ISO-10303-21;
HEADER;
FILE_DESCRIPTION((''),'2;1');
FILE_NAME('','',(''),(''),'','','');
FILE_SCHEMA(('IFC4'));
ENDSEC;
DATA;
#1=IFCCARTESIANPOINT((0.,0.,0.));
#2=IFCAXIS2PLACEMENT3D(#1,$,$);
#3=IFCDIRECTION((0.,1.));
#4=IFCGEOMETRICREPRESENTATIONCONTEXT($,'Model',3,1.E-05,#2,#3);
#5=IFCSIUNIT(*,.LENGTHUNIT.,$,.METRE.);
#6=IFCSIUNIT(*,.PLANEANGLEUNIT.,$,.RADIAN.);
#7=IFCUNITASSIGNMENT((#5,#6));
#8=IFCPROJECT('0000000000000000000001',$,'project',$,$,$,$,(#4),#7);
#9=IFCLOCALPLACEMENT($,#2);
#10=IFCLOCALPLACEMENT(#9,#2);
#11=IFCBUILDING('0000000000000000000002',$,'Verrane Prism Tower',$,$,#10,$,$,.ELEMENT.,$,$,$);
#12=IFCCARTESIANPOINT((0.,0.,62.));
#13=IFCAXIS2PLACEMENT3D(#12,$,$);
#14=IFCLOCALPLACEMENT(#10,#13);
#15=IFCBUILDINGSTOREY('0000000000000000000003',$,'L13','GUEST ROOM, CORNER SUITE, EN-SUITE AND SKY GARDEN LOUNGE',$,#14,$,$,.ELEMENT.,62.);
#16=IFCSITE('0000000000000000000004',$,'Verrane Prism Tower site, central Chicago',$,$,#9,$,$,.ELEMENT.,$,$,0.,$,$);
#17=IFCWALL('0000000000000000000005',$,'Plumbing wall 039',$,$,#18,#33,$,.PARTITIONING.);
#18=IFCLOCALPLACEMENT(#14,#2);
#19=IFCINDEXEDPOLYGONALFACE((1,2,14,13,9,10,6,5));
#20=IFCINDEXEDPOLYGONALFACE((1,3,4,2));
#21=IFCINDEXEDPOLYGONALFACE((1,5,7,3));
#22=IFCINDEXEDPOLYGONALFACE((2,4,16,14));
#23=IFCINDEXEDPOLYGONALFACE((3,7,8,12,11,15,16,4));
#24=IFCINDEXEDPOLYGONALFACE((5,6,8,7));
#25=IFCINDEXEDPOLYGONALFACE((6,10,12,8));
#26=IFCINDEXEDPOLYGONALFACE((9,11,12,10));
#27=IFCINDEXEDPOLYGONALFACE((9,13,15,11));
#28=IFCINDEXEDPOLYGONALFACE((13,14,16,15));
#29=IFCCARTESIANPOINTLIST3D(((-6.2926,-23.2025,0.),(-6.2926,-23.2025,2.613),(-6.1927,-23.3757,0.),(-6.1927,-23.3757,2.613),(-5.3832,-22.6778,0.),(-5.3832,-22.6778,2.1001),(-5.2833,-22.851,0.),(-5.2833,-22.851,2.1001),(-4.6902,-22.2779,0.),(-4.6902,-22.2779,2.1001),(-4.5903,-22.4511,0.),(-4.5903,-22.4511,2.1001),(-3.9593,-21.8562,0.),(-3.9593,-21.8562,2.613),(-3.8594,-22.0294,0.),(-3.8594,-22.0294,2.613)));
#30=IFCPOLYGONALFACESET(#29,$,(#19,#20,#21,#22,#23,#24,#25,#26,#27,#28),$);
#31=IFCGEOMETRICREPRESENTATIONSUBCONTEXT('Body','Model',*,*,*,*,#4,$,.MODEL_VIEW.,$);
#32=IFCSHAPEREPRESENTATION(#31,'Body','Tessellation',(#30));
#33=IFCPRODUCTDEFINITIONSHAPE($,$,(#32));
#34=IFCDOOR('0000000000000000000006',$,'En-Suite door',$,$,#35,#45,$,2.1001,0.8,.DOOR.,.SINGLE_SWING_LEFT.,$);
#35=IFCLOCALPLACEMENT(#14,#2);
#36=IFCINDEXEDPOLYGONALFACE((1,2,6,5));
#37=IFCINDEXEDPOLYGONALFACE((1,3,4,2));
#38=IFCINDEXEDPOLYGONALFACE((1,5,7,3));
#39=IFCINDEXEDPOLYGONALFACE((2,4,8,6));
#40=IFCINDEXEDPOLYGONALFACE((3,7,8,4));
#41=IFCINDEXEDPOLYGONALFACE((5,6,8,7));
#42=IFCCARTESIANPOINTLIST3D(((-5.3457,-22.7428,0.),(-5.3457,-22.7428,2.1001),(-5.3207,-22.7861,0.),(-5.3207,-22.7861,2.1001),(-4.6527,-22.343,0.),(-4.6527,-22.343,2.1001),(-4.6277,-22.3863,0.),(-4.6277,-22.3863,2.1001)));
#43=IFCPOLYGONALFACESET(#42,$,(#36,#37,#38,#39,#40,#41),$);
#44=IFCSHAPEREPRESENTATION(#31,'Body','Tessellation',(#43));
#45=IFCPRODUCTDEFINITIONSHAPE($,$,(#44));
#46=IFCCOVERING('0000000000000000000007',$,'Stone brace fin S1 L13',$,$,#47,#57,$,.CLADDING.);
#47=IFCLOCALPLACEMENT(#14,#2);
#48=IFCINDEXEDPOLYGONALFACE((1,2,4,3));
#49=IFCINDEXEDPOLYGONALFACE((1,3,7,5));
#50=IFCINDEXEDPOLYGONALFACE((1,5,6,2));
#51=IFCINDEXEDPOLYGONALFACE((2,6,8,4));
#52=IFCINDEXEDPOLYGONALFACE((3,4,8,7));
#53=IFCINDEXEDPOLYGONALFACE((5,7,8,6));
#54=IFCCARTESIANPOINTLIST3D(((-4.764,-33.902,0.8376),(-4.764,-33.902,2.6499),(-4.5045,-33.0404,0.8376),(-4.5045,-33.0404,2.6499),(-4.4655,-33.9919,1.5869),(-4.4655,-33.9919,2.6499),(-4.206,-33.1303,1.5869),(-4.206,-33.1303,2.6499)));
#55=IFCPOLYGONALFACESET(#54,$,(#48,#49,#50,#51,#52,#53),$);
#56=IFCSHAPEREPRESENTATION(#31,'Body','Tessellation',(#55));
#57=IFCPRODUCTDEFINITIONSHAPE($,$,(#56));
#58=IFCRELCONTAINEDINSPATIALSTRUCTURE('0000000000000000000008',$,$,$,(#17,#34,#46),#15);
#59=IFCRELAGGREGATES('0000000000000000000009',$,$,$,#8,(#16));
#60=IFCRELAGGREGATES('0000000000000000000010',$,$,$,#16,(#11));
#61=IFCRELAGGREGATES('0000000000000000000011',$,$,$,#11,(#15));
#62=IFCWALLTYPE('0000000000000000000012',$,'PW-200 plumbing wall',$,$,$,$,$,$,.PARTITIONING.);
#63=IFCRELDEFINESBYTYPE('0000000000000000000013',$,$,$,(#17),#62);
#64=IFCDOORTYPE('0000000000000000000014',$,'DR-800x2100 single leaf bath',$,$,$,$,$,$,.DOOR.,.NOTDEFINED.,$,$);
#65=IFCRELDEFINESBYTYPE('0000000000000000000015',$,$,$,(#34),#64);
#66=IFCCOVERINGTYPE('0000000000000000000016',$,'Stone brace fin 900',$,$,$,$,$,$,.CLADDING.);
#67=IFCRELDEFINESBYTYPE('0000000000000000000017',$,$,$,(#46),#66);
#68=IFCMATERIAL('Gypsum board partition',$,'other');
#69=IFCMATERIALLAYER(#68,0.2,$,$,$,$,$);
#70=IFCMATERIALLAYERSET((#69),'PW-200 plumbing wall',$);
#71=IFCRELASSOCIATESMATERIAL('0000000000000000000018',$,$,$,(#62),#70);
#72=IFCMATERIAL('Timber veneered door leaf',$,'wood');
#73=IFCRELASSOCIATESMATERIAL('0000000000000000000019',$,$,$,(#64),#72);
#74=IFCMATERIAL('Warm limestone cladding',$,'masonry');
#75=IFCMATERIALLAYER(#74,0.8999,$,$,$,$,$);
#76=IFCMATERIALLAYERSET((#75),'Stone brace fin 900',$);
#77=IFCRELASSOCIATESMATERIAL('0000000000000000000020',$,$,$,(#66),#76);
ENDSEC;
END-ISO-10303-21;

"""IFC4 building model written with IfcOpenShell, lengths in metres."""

from ifc_helpers import new_model, si_unit, direction, frame, frame_2d, origin, place, context, subcontext, project, spatial, polyline, rectangle, outline, extrude, material, layer, layer_set, type_object, element, fill, save


model = new_model("IFC4")

# Units and contexts
model_context = context("Model", 3, precision=1e-05, world=origin(), true_north=direction((0.0, 1.0)))
body_context = subcontext(model_context, "Body", "Model", "MODEL_VIEW")
ifc_project = project(units=[si_unit("LENGTHUNIT", "METRE"), si_unit("PLANEANGLEUNIT", "RADIAN")], contexts=[model_context])

# Site, building, storey
site_placement = place(None, origin())
site = spatial("IfcSite", under=ifc_project, at=site_placement, Name="Verrane Prism Tower site, central Chicago", CompositionType="ELEMENT", RefElevation=0.0)
building_placement = place(site_placement, origin())
building = spatial("IfcBuilding", under=site, at=building_placement, Name="Verrane Prism Tower", CompositionType="ELEMENT")
storey_placement = place(building_placement, frame((0.0, 0.0, 62.0)))
storey = spatial("IfcBuildingStorey", under=building, at=storey_placement, Name="L13", Description="GUEST ROOM, CORNER SUITE, EN-SUITE AND SKY GARDEN LOUNGE", CompositionType="ELEMENT", Elevation=62.0)

# Wall, opening, door
ifc_material_1 = material(Name="Gypsum board partition", Category="other")
ifc_layer_1 = layer(ifc_material_1, 0.2)
ifc_layer_set_1 = layer_set([ifc_layer_1], Name="PW-200 plumbing wall")
wall_type_1 = type_object("IfcWallType", Name="PW-200 plumbing wall", PredefinedType="PARTITIONING", material=ifc_layer_set_1)
wall_1_placement = place(storey_placement, frame((-6.2427, -23.2891, 0.0), z_axis=(0.0, 0.0, 1.0), x_axis=(0.866172, 0.499746, 0.0)))
wall_1 = element("IfcWall", 1, at=wall_1_placement, inside=storey, type_object=wall_type_1, Name="Plumbing wall 039", PredefinedType="PARTITIONING", context=body_context, shape_type="SweptSolid", body=[
    extrude(rectangle(XDim=2.6938, YDim=0.2, at=frame_2d((1.3469, 0.0))), origin(), (0.0, 0.0, 1.0), 2.613),
])
opening_placement = place(wall_1_placement, frame((1.05, 0.0, 0.0)))
opening = element("IfcOpeningElement", 2, at=opening_placement, cuts=wall_1, PredefinedType="OPENING", context=body_context, shape_type="SweptSolid", body=[
    extrude(rectangle(XDim=0.8, YDim=2.1001, at=frame_2d((0.3999, 1.05))), frame((0.0, 0.1099, 0.0), z_axis=(0.0, -1.0, 0.0), x_axis=(1.0, 0.0, 0.0)), (0.0, 0.0, 1.0), 0.22),
])
ifc_material_2 = material(Name="Timber veneered door leaf", Category="wood")
door_type = type_object("IfcDoorType", Name="DR-800x2100 single leaf bath", OperationType="NOTDEFINED", PredefinedType="DOOR", material=ifc_material_2)
door_placement = place(opening_placement, origin())
door = element("IfcDoor", 3, at=door_placement, inside=storey, type_object=door_type, Name="En-Suite door", OperationType="SINGLE_SWING_LEFT", OverallHeight=2.1001, OverallWidth=0.8, PredefinedType="DOOR", context=body_context, shape_type="SweptSolid", body=[
    extrude(rectangle(XDim=0.8, YDim=2.1001, at=frame_2d((0.3999, 1.05))), frame((0.0, 0.0249, 0.0), z_axis=(0.0, -1.0, 0.0), x_axis=(1.0, 0.0, 0.0)), (0.0, 0.0, 1.0), 0.05),
])
fill(opening, door)

# Covering
ifc_material_3 = material(Name="Warm limestone cladding", Category="masonry")
ifc_layer_2 = layer(ifc_material_3, 0.8999)
ifc_layer_set_2 = layer_set([ifc_layer_2], Name="Stone brace fin 900")
covering_type = type_object("IfcCoveringType", Name="Stone brace fin 900", PredefinedType="CLADDING", material=ifc_layer_set_2)
covering_placement = place(storey_placement, frame((-4.6343, -33.4712, 0.8376), z_axis=(0.0, 0.0, 1.0), x_axis=(0.957524, -0.288354, 0.0)))
element("IfcCovering", 4, at=covering_placement, inside=storey, type_object=covering_type, Name="Stone brace fin S1 L13", PredefinedType="CLADDING", context=body_context, shape_type="SweptSolid", body=[
    extrude(outline(polyline([(0.3118, 1.8123), (0.0, 1.8123), (0.0, 0.0), (0.3118, 0.7493), (0.3118, 1.8123)])), frame((0.0, 0.45, 0.0), z_axis=(0.0, -1.0, 0.0), x_axis=(1.0, 0.0, 0.0)), (0.0, 0.0, 1.0), 0.8999),
])

save(model, "model.ifc")
